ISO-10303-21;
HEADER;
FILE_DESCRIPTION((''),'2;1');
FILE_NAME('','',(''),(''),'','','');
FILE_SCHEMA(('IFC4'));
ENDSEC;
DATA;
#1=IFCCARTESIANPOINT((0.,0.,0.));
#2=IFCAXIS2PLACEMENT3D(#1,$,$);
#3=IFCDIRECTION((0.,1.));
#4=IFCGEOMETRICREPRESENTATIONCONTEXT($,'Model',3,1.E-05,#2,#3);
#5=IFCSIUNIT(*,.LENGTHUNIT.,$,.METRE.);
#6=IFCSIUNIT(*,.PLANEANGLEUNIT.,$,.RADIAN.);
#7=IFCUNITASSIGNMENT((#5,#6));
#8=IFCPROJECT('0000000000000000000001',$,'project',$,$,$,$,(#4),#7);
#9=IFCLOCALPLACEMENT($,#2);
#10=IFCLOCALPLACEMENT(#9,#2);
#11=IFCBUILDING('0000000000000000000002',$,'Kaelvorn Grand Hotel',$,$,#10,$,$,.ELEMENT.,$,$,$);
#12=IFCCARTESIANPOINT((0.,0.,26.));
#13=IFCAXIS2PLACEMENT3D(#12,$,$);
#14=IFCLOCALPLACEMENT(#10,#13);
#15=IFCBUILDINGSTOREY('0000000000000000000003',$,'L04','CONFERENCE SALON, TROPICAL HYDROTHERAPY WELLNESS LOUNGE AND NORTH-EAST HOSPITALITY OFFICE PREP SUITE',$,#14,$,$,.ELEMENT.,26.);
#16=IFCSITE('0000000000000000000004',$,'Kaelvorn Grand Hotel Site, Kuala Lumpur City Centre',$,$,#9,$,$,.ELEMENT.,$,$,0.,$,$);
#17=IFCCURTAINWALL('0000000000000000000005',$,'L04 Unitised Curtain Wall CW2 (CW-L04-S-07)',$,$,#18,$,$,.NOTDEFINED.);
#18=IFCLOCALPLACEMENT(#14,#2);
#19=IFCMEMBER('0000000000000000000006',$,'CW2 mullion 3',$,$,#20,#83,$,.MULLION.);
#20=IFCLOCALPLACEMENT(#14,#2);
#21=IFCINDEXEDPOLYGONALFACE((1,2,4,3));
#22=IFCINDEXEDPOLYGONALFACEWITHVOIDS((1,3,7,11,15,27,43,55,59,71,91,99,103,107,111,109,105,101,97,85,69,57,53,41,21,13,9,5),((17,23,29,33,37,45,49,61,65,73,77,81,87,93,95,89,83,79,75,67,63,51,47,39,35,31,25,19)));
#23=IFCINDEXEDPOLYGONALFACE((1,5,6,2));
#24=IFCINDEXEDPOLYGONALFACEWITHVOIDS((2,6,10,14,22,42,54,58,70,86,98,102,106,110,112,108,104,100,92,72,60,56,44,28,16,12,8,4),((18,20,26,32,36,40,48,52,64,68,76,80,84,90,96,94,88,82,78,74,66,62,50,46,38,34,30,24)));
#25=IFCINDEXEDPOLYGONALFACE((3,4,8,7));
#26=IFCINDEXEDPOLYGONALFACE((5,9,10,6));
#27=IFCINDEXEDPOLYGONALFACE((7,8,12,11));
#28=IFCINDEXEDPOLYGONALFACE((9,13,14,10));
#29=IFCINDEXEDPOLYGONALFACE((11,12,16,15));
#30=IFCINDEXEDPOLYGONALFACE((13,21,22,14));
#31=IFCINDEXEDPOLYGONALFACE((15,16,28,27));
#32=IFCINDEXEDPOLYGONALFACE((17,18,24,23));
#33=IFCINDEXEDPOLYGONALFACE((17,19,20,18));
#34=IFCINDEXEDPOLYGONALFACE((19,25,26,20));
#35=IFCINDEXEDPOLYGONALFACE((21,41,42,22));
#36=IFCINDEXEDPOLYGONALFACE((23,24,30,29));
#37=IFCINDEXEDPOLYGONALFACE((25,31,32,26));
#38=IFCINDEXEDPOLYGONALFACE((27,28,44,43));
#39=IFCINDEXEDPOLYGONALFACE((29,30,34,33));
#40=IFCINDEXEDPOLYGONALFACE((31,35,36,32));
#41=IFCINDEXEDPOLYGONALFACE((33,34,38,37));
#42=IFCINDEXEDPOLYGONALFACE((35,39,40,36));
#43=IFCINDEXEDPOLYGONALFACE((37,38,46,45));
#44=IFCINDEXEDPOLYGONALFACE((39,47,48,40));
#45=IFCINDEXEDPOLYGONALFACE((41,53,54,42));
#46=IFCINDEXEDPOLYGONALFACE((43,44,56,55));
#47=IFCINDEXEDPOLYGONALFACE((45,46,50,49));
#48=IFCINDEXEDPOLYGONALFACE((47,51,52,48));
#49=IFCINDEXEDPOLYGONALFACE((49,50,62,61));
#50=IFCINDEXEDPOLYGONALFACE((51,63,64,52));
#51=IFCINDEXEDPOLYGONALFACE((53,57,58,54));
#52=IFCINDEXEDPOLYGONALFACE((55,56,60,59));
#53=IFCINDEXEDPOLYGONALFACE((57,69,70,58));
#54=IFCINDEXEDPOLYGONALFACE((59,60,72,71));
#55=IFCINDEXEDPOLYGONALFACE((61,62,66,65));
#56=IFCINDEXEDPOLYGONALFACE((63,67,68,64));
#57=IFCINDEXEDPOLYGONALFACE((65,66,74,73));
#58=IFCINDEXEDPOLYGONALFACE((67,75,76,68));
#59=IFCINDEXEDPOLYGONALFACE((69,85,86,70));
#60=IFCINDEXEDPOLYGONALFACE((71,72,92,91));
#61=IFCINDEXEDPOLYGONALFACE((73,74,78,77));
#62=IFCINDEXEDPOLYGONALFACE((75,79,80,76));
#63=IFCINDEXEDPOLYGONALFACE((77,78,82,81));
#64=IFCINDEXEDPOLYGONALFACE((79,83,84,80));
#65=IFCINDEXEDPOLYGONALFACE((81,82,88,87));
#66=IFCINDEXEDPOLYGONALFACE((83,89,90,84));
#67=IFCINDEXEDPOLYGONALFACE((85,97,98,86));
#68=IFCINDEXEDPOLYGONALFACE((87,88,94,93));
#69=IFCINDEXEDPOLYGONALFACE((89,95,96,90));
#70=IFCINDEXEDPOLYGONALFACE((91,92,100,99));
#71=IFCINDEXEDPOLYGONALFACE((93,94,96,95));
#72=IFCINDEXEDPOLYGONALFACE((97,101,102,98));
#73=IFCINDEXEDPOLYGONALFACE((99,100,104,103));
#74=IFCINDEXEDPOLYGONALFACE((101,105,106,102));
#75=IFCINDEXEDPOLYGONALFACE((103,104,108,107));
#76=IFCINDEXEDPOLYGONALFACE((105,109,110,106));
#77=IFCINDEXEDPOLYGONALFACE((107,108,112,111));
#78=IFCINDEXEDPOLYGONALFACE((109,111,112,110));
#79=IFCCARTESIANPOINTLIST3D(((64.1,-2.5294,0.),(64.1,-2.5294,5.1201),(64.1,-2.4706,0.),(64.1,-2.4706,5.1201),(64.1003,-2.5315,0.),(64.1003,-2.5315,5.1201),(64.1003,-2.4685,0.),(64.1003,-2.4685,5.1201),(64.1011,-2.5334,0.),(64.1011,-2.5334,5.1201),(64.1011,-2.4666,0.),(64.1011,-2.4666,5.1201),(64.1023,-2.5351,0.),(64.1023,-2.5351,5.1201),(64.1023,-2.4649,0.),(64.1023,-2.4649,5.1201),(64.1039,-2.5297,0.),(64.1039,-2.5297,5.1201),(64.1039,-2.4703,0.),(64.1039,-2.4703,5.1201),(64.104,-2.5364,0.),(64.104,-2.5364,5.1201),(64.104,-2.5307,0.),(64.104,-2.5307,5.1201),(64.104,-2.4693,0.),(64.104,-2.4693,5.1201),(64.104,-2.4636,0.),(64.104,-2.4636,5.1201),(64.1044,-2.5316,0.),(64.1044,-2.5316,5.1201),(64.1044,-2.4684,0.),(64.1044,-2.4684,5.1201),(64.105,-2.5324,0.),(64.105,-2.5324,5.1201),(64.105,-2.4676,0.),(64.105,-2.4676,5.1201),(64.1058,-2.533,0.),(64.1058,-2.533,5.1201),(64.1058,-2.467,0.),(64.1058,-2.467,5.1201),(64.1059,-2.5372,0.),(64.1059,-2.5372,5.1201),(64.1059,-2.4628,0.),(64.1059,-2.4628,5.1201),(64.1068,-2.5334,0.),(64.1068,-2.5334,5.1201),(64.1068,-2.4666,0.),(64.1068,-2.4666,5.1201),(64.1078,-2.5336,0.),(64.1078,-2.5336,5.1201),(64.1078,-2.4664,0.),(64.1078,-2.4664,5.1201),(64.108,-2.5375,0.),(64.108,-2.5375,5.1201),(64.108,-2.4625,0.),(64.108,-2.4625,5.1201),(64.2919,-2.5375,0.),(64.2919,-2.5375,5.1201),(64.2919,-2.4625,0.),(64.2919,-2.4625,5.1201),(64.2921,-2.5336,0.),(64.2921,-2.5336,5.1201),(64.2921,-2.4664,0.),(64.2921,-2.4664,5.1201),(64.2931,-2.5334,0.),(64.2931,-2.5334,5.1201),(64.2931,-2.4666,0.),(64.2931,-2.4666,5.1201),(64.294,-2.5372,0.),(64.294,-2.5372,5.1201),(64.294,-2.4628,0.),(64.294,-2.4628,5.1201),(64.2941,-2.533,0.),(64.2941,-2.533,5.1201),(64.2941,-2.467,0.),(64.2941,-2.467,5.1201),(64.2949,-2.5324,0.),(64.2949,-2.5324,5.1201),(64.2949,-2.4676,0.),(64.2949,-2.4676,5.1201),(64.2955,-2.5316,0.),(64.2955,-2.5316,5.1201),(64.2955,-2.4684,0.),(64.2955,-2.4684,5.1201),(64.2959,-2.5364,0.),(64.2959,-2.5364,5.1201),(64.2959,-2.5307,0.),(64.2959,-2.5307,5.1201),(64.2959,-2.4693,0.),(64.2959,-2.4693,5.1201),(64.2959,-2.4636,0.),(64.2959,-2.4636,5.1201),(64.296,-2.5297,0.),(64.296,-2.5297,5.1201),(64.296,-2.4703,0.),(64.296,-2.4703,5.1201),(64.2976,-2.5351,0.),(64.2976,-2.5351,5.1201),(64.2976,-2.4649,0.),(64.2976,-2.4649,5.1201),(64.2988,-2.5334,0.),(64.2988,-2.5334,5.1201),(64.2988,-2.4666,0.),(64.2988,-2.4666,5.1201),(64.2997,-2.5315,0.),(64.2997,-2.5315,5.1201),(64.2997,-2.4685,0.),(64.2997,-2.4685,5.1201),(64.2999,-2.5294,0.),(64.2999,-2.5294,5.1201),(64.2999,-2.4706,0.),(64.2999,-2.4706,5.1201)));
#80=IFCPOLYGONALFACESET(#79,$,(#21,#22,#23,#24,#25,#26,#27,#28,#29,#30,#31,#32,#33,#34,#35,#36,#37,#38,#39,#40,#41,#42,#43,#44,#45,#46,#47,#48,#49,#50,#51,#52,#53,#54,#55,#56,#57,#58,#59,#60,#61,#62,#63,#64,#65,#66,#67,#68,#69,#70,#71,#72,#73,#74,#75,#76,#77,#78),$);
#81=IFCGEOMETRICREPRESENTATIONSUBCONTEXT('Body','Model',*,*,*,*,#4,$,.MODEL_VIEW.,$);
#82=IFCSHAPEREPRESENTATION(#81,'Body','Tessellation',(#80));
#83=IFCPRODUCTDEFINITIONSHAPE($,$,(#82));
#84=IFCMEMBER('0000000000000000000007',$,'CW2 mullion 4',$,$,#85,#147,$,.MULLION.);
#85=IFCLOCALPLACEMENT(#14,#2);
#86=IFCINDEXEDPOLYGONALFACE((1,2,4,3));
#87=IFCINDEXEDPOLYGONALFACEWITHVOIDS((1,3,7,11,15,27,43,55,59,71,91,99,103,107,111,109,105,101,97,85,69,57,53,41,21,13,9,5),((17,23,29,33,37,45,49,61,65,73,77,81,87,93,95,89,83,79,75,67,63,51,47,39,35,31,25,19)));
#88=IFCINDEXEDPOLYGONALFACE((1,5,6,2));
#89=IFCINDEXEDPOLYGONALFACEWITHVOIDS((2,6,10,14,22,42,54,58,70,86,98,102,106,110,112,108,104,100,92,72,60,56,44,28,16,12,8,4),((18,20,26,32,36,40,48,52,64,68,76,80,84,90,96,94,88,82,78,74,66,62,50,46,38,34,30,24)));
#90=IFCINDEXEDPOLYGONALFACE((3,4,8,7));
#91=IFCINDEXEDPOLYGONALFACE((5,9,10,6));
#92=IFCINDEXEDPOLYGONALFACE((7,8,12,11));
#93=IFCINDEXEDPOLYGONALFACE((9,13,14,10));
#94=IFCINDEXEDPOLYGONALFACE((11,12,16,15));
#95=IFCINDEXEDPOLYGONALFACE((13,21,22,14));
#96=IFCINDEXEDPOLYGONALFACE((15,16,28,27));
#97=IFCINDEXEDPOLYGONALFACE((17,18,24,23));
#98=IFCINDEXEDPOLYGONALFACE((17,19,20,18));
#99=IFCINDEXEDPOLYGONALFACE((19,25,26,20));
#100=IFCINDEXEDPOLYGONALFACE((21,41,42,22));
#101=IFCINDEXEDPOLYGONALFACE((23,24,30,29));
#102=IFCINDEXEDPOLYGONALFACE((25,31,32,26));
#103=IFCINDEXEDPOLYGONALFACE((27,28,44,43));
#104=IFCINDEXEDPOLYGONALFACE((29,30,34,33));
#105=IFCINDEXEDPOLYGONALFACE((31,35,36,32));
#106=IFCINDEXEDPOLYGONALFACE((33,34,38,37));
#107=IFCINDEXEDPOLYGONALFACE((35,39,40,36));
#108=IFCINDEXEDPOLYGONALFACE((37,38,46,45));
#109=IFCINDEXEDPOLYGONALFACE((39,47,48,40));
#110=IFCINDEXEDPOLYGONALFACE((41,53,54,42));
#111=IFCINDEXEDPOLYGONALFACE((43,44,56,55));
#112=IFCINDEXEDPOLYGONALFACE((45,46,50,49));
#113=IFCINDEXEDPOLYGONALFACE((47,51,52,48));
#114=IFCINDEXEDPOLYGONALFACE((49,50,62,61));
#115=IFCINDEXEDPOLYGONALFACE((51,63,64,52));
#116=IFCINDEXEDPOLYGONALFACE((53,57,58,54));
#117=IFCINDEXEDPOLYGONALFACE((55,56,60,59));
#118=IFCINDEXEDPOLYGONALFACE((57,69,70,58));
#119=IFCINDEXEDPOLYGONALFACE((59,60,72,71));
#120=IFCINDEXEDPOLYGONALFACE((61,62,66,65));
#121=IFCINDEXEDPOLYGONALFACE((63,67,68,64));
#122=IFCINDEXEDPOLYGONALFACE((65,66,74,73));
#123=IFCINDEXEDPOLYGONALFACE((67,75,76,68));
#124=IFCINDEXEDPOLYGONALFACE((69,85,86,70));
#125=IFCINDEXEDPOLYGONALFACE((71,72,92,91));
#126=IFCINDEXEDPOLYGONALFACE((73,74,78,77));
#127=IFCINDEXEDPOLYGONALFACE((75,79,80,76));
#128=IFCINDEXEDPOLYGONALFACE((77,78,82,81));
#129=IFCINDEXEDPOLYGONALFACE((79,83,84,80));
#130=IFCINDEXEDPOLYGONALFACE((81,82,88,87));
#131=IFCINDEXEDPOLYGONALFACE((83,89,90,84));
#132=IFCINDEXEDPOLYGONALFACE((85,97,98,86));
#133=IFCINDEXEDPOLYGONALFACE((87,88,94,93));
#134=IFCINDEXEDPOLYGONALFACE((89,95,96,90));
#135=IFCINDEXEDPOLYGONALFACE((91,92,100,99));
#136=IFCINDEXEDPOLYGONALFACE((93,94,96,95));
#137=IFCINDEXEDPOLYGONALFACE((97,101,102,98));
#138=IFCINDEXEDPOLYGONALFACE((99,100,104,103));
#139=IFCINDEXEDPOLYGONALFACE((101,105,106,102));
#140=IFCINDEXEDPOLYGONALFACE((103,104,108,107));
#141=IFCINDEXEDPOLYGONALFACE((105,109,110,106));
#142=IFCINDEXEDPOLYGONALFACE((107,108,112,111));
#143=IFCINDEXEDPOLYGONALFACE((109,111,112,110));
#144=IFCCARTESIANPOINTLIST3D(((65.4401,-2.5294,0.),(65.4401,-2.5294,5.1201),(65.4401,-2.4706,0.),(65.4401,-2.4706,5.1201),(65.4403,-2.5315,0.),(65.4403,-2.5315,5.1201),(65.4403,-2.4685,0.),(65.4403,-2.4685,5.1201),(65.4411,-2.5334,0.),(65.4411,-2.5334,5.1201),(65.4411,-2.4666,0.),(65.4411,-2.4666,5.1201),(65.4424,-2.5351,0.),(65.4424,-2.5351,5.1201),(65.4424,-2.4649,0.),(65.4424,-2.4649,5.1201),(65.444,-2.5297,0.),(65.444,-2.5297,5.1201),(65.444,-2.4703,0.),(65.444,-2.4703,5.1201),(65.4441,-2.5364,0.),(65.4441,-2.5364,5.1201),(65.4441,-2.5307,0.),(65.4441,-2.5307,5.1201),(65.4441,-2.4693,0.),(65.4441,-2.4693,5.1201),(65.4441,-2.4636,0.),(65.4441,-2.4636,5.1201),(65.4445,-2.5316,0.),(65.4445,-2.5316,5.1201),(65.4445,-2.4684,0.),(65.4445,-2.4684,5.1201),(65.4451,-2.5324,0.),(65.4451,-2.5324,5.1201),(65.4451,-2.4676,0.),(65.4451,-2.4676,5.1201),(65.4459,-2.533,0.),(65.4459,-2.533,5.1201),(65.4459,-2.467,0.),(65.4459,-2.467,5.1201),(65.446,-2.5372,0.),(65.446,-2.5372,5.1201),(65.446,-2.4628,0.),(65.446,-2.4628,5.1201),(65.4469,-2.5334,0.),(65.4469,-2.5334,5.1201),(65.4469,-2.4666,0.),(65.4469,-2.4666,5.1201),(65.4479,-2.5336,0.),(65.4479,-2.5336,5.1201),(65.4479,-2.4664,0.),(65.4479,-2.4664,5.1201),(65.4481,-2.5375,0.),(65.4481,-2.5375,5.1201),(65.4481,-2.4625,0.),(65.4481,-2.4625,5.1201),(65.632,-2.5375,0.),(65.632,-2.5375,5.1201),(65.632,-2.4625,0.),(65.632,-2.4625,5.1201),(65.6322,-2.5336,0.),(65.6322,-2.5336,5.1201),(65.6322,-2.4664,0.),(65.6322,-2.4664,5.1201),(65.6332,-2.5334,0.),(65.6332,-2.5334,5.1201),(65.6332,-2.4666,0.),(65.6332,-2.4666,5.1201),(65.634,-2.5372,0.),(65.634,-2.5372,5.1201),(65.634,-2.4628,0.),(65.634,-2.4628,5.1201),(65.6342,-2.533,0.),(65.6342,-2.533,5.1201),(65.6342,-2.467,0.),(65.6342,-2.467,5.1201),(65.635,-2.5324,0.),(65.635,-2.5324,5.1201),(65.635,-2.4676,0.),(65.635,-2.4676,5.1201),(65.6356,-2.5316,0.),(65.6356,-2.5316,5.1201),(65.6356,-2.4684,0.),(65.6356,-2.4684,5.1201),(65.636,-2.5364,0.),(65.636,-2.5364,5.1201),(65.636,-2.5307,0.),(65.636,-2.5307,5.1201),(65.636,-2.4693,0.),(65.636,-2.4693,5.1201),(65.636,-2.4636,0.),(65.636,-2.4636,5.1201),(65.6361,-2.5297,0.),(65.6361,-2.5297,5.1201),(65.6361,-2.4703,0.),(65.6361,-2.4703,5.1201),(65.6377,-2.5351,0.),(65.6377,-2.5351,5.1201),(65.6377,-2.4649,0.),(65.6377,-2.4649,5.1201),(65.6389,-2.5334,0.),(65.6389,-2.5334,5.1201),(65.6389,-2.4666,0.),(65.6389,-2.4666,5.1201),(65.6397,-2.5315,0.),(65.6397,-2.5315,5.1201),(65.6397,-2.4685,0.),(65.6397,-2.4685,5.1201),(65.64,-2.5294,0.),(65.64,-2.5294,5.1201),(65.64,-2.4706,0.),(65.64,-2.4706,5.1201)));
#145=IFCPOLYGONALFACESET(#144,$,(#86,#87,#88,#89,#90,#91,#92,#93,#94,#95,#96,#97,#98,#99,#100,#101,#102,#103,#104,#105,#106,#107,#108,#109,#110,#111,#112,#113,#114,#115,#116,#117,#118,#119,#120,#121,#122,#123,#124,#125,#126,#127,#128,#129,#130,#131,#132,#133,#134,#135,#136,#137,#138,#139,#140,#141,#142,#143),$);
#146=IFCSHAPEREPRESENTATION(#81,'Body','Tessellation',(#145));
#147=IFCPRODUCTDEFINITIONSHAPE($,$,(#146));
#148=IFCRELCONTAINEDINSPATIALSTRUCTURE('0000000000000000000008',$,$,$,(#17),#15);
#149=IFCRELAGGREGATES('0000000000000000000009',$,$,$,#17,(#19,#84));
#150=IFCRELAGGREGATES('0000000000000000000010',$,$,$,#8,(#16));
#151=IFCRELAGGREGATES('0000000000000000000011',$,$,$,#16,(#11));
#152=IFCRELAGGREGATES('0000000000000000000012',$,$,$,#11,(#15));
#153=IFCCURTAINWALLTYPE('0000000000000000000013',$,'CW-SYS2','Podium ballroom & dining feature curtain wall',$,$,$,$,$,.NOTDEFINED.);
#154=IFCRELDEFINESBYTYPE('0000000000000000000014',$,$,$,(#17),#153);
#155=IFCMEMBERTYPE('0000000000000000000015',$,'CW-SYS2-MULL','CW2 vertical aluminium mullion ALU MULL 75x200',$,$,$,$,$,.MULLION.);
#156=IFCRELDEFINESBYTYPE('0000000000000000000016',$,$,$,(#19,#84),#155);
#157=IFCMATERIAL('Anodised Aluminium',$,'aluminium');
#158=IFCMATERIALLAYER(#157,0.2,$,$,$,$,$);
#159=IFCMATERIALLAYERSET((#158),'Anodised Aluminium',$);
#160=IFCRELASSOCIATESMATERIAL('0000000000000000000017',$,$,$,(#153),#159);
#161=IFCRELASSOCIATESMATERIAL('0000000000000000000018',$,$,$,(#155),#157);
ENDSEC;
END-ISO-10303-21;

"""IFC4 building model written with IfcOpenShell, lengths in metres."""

from ifc_helpers import new_model, si_unit, direction, frame, origin, origin_2d, place, context, subcontext, project, spatial, hollow_rectangle, extrude, material, layer, layer_set, material_profile, profile_set, type_object, element, aggregate, save


model = new_model("IFC4")

# Units and contexts
model_context = context("Model", 3, precision=1e-05, world=origin(), true_north=direction((0.0, 1.0)))
body_context = subcontext(model_context, "Body", "Model", "MODEL_VIEW")
ifc_project = project(units=[si_unit("LENGTHUNIT", "METRE"), si_unit("PLANEANGLEUNIT", "RADIAN")], contexts=[model_context])

# Site, building, storey
site_placement = place(None, origin())
site = spatial("IfcSite", under=ifc_project, at=site_placement, Name="Kaelvorn Grand Hotel Site, Kuala Lumpur City Centre", CompositionType="ELEMENT", RefElevation=0.0)
building_placement = place(site_placement, origin())
building = spatial("IfcBuilding", under=site, at=building_placement, Name="Kaelvorn Grand Hotel", CompositionType="ELEMENT")
storey_placement = place(building_placement, frame((0.0, 0.0, 26.0)))
storey = spatial("IfcBuildingStorey", under=building, at=storey_placement, Name="L04", Description="CONFERENCE SALON, TROPICAL HYDROTHERAPY WELLNESS LOUNGE AND NORTH-EAST HOSPITALITY OFFICE PREP SUITE", CompositionType="ELEMENT", Elevation=26.0)

# Shared definitions
ifc_material_1 = material(Name="Anodised Aluminium", Category="aluminium")
ifc_layer_1 = layer(ifc_material_1, 0.2)
ifc_layer_set_1 = layer_set([ifc_layer_1], Name="Anodised Aluminium")
curtain_wall_type = type_object("IfcCurtainWallType", Name="CW-SYS2", Description="Podium ballroom & dining feature curtain wall", PredefinedType="NOTDEFINED", material=ifc_layer_set_1)
ifc_material_profile_1 = material_profile(ifc_material_1, hollow_rectangle(XDim=0.075, YDim=0.2, WallThickness=0.0039, InnerFilletRadius=0.0039, OuterFilletRadius=0.0081, at=origin_2d()), Name="ALU MULL 75x200")
ifc_profile_set_1 = profile_set([ifc_material_profile_1], Name="Anodised Aluminium")
member_type_1 = type_object("IfcMemberType", Name="CW-SYS2-MULL", Description="CW2 vertical aluminium mullion ALU MULL 75x200", PredefinedType="MULLION", material=ifc_profile_set_1)

# Curtain wall, members
curtain_wall_1_placement = place(storey_placement, origin())
curtain_wall_1 = element("IfcCurtainWall", 1, at=curtain_wall_1_placement, inside=storey, type_object=curtain_wall_type, Name="L04 Unitised Curtain Wall CW2 (CW-L04-S-07)", PredefinedType="NOTDEFINED")
member_1_placement = place(storey_placement, frame((64.2, -2.5, 0.0), z_axis=(0.0, 0.0, 1.0), x_axis=(0.0, 1.0, 0.0)))
member_1 = element("IfcMember", 2, at=member_1_placement, type_object=member_type_1, Name="CW2 mullion 3", PredefinedType="MULLION", context=body_context, shape_type="SweptSolid", body=[
    extrude(hollow_rectangle(XDim=0.075, YDim=0.2, WallThickness=0.0039, InnerFilletRadius=0.0039, OuterFilletRadius=0.0081, at=origin_2d()), origin(), (0.0, 0.0, 1.0), 5.1201),
])
member_2_placement = place(storey_placement, frame((65.54, -2.5, 0.0), z_axis=(0.0, 0.0, 1.0), x_axis=(0.0, 1.0, 0.0)))
member_2 = element("IfcMember", 3, at=member_2_placement, type_object=member_type_1, Name="CW2 mullion 4", PredefinedType="MULLION", context=body_context, shape_type="SweptSolid", body=[
    extrude(hollow_rectangle(XDim=0.075, YDim=0.2, WallThickness=0.0039, InnerFilletRadius=0.0039, OuterFilletRadius=0.0081, at=origin_2d()), origin(), (0.0, 0.0, 1.0), 5.1201),
])

aggregate(curtain_wall_1, [member_1, member_2])

save(model, "model.ifc")
